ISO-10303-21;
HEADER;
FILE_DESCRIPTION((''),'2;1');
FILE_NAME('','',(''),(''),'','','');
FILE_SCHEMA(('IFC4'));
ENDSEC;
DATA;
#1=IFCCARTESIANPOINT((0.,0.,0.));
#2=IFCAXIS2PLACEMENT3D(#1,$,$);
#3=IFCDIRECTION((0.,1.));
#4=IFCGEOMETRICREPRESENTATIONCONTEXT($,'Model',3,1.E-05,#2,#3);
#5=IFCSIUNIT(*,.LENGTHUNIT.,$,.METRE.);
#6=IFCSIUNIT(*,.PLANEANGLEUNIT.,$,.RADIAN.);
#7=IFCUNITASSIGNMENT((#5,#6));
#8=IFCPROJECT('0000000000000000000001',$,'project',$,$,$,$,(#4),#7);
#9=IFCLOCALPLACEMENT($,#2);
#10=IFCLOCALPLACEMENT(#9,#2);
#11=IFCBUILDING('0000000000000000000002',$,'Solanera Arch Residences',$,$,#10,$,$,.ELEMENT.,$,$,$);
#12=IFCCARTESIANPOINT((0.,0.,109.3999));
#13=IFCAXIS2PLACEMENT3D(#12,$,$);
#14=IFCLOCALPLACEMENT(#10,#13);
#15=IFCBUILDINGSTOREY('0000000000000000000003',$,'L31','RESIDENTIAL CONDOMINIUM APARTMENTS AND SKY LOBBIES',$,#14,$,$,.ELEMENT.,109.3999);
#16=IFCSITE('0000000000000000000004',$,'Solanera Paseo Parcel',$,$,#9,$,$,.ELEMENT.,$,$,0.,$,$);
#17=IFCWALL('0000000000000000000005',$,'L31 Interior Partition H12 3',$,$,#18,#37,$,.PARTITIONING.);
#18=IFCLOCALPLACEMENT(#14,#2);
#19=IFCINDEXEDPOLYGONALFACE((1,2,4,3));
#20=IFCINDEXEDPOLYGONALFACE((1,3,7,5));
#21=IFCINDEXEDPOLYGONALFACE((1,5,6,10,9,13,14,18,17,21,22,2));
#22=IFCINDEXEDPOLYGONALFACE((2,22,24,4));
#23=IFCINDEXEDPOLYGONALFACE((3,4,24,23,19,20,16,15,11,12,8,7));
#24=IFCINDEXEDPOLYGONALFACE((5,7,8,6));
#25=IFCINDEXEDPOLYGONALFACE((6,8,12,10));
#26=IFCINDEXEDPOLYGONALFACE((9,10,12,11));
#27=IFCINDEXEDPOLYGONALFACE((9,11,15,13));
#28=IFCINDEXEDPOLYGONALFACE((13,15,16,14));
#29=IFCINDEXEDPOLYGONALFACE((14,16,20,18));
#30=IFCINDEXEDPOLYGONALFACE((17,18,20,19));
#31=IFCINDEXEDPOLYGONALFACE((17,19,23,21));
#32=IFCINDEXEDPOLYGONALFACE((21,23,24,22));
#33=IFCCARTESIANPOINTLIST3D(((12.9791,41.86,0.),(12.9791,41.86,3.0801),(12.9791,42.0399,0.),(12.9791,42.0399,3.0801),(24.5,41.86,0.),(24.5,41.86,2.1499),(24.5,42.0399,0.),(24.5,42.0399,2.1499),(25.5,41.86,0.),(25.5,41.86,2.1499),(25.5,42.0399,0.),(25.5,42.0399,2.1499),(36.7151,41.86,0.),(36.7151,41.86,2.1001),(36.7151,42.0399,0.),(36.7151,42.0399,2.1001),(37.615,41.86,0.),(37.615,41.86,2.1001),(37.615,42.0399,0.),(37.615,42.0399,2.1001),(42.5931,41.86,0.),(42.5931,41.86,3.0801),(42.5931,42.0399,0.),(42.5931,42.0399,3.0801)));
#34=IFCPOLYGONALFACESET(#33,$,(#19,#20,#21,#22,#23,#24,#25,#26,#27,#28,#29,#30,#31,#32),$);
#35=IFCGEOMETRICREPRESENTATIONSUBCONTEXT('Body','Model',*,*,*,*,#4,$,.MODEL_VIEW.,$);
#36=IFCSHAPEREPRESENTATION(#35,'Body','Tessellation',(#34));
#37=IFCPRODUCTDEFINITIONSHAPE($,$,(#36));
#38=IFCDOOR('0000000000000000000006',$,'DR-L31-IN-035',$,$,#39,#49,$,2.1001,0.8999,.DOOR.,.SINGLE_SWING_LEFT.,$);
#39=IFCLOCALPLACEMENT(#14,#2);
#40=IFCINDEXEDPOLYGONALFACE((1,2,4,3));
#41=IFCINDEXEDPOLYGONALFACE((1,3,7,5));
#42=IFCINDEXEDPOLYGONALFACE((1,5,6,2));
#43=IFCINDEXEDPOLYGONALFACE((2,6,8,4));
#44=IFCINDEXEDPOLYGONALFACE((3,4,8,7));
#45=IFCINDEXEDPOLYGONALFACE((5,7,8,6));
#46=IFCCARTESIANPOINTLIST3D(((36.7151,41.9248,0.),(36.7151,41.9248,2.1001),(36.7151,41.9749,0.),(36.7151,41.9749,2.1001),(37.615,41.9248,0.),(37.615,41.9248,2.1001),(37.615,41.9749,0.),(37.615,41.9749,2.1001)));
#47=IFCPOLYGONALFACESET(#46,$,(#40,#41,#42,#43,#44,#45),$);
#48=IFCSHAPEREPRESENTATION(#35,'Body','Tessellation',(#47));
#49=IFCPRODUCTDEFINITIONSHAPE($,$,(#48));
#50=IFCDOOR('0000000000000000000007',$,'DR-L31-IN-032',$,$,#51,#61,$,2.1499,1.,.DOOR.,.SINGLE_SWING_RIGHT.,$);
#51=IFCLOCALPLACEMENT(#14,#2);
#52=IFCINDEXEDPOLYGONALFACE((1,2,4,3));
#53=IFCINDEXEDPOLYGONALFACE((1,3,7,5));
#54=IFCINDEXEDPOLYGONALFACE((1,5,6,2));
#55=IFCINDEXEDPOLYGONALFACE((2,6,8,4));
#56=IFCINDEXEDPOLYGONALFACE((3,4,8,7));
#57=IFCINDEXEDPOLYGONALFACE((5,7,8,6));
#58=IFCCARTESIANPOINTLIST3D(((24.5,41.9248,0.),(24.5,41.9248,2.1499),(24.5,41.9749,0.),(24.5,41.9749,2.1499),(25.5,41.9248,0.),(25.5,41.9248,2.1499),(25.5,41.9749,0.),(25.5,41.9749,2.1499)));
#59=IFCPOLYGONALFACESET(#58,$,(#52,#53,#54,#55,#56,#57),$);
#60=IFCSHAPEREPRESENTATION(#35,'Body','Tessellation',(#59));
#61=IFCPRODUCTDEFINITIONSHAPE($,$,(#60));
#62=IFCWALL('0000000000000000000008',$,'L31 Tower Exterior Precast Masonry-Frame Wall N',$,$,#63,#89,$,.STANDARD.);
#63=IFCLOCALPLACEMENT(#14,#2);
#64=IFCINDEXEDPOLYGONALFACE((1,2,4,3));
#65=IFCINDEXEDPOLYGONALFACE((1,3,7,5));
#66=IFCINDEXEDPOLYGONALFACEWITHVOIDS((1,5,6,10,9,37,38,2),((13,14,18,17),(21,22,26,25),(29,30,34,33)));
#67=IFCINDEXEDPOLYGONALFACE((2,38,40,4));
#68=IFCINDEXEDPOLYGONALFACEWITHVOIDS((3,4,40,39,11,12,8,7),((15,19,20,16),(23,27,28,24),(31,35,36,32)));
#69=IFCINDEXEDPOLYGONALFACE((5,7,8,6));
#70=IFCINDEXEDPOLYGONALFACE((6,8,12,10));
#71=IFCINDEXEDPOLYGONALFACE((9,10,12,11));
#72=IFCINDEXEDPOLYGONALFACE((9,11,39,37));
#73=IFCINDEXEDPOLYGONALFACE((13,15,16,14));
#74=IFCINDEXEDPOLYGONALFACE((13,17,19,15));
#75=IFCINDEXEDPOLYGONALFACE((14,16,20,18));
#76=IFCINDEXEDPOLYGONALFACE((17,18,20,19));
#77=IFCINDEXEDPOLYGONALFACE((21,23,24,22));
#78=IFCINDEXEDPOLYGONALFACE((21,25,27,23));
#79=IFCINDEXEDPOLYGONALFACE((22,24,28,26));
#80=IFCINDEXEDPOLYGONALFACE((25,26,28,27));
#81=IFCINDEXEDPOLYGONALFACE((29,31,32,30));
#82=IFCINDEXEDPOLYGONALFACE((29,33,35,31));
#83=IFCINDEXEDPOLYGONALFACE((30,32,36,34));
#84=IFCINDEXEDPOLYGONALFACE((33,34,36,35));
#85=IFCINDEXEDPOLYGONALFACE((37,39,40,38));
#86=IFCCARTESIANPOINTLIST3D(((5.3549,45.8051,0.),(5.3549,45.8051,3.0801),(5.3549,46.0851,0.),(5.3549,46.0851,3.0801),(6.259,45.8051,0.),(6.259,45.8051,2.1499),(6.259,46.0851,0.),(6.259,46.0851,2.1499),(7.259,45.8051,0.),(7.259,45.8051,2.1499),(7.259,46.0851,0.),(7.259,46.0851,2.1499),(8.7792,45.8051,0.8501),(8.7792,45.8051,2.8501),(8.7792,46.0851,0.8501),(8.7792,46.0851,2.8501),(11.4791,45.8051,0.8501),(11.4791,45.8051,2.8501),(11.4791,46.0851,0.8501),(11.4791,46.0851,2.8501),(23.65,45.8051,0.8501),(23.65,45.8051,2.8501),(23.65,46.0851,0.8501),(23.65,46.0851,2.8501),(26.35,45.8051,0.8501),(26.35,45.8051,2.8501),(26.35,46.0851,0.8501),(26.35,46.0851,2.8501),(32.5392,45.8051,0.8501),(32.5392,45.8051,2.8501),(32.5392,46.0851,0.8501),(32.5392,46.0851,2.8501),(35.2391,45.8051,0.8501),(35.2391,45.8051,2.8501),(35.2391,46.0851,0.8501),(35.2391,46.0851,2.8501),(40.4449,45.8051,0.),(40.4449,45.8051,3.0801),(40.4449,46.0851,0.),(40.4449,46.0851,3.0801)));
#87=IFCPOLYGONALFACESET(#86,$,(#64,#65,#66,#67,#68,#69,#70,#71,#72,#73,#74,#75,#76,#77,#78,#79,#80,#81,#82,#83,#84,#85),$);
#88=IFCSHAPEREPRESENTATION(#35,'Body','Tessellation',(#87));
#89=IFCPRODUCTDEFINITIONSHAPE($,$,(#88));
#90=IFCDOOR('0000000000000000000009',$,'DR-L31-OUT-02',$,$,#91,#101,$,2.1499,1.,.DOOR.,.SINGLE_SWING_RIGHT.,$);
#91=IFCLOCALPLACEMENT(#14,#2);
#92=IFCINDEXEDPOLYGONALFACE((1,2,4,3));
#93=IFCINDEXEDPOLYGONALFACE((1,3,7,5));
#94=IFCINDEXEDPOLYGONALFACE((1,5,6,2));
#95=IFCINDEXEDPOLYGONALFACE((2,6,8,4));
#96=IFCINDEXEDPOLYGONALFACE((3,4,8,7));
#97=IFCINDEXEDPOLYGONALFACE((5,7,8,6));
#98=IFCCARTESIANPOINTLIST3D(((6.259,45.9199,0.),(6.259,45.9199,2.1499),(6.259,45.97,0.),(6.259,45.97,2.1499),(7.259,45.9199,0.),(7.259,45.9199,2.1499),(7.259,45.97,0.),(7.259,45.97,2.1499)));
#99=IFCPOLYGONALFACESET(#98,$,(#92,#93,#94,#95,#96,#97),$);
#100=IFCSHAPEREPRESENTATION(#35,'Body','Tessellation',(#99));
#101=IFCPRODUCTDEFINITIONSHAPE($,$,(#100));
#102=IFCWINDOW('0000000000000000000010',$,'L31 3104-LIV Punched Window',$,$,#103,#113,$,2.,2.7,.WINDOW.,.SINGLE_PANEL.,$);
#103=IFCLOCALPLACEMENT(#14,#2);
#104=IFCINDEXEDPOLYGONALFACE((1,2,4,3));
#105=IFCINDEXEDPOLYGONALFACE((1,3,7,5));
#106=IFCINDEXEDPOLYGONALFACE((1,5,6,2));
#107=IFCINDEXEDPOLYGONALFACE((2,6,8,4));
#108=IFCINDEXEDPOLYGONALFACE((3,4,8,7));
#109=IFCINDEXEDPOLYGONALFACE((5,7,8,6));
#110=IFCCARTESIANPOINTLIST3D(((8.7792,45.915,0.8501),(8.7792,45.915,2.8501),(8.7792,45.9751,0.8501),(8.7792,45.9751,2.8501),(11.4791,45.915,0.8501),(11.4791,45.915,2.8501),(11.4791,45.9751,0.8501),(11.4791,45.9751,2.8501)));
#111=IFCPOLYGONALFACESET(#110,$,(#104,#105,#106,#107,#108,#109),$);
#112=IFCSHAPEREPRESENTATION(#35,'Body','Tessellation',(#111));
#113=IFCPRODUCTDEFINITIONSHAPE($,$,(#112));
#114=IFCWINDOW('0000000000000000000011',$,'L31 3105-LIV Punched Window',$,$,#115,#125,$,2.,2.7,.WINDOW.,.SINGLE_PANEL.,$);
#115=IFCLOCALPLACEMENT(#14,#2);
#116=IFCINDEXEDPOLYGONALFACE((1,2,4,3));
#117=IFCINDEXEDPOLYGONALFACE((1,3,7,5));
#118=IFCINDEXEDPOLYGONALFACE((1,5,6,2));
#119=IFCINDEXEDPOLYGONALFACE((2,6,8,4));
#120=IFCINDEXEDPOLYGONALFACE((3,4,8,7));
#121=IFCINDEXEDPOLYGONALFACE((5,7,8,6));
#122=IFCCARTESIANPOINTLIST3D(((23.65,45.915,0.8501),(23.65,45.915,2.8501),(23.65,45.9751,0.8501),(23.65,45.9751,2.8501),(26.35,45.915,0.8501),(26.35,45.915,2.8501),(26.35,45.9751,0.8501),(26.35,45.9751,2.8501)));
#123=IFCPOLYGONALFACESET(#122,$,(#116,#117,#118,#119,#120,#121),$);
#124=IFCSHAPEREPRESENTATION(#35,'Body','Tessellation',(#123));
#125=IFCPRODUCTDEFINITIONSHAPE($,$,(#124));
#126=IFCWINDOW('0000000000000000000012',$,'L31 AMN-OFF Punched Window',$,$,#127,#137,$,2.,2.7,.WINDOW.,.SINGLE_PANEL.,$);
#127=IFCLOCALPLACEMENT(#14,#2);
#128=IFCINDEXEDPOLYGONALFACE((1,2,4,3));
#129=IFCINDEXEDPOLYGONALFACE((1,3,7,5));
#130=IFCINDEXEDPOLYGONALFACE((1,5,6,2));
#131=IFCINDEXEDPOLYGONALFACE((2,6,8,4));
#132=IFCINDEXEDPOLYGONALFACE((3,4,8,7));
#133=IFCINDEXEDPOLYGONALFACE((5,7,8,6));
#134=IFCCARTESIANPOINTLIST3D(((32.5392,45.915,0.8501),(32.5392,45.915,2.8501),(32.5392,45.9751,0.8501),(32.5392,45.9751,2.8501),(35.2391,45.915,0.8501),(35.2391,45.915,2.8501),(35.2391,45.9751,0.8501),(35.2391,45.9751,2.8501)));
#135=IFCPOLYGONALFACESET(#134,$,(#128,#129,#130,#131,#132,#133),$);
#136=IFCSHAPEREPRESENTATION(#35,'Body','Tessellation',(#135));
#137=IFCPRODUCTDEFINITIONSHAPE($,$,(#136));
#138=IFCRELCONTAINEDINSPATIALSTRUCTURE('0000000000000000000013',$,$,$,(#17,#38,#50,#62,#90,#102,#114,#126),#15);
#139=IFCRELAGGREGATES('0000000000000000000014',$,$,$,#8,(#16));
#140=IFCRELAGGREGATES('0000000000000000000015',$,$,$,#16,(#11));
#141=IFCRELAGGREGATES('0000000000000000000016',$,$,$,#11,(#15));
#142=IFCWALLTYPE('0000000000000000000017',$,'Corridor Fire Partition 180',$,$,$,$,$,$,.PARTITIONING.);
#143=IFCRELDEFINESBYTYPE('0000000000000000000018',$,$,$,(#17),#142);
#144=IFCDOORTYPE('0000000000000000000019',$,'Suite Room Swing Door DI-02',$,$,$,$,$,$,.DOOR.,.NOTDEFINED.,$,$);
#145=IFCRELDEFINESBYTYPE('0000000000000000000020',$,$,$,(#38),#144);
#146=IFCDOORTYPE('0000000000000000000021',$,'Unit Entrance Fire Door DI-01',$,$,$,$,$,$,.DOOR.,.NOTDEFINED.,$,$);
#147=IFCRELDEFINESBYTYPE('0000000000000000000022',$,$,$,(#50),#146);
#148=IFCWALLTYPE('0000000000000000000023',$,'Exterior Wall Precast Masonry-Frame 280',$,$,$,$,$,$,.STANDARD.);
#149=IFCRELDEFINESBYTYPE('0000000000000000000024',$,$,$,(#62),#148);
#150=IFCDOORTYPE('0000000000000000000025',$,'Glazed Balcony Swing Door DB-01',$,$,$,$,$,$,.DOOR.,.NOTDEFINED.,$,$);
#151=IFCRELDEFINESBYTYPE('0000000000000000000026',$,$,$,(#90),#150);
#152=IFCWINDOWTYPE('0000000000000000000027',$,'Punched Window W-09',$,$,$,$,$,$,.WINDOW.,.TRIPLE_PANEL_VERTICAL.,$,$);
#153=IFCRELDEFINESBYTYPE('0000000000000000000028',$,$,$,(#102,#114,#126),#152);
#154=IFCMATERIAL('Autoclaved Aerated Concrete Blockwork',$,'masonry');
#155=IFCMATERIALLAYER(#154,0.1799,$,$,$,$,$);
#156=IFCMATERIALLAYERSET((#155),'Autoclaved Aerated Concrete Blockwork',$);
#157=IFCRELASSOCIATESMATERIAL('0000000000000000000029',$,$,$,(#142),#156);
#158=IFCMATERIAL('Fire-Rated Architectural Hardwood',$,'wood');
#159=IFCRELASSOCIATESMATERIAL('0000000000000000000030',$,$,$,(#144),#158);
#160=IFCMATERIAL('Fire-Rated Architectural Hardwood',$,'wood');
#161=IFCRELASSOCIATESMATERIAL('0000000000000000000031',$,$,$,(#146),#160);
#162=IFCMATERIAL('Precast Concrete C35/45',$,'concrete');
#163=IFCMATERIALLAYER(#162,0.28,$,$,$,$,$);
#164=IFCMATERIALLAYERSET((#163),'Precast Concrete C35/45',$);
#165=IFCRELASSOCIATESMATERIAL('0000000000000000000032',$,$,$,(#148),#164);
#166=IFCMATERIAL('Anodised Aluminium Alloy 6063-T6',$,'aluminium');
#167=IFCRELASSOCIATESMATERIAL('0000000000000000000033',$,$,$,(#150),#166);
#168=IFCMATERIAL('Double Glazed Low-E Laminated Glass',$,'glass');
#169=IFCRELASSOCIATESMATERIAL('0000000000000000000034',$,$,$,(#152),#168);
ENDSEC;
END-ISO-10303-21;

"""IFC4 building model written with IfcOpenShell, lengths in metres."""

from ifc_helpers import new_model, si_unit, direction, frame, frame_2d, origin, place, context, subcontext, project, spatial, rectangle, extrude, material, layer, layer_set, type_object, element, fill, save


model = new_model("IFC4")

# Units and contexts
model_context = context("Model", 3, precision=1e-05, world=origin(), true_north=direction((0.0, 1.0)))
body_context = subcontext(model_context, "Body", "Model", "MODEL_VIEW")
ifc_project = project(units=[si_unit("LENGTHUNIT", "METRE"), si_unit("PLANEANGLEUNIT", "RADIAN")], contexts=[model_context])

# Site, building, storey
site_placement = place(None, origin())
site = spatial("IfcSite", under=ifc_project, at=site_placement, Name="Solanera Paseo Parcel", CompositionType="ELEMENT", RefElevation=0.0)
building_placement = place(site_placement, origin())
building = spatial("IfcBuilding", under=site, at=building_placement, Name="Solanera Arch Residences", CompositionType="ELEMENT")
storey_placement = place(building_placement, frame((0.0, 0.0, 109.3999)))
storey = spatial("IfcBuildingStorey", under=building, at=storey_placement, Name="L31", Description="RESIDENTIAL CONDOMINIUM APARTMENTS AND SKY LOBBIES", CompositionType="ELEMENT", Elevation=109.3999)

# Wall, openings, doors
ifc_material_1 = material(Name="Autoclaved Aerated Concrete Blockwork", Category="masonry")
ifc_layer_1 = layer(ifc_material_1, 0.1799)
ifc_layer_set_1 = layer_set([ifc_layer_1], Name="Autoclaved Aerated Concrete Blockwork")
wall_type_1 = type_object("IfcWallType", Name="Corridor Fire Partition 180", PredefinedType="PARTITIONING", material=ifc_layer_set_1)
wall_1_placement = place(storey_placement, frame((12.979, 41.95, 0.0), z_axis=(0.0, 0.0, 1.0), x_axis=(1.0, 0.0, 0.0)))
wall_1 = element("IfcWall", 1, at=wall_1_placement, inside=storey, type_object=wall_type_1, Name="L31 Interior Partition H12 3", PredefinedType="PARTITIONING", context=body_context, shape_type="SweptSolid", body=[
    extrude(rectangle(XDim=29.614, YDim=0.1799, at=frame_2d((14.8071, 0.0))), origin(), (0.0, 0.0, 1.0), 3.0801),
])
opening_1_placement = place(wall_1_placement, frame((11.521, 0.0, 0.0)))
opening_1 = element("IfcOpeningElement", 2, at=opening_1_placement, cuts=wall_1, PredefinedType="OPENING", context=body_context, shape_type="SweptSolid", body=[
    extrude(rectangle(XDim=1.0, YDim=2.1499, at=frame_2d((0.5, 1.075))), frame((0.0, 0.1001, 0.0), z_axis=(0.0, -1.0, 0.0), x_axis=(1.0, 0.0, 0.0)), (0.0, 0.0, 1.0), 0.1999),
])
opening_2_placement = place(wall_1_placement, frame((23.7361, 0.0, 0.0)))
opening_2 = element("IfcOpeningElement", 3, at=opening_2_placement, cuts=wall_1, PredefinedType="OPENING", context=body_context, shape_type="SweptSolid", body=[
    extrude(rectangle(XDim=0.8999, YDim=2.1001, at=frame_2d((0.45, 1.05))), frame((0.0, 0.1001, 0.0), z_axis=(0.0, -1.0, 0.0), x_axis=(1.0, 0.0, 0.0)), (0.0, 0.0, 1.0), 0.1999),
])
ifc_material_2 = material(Name="Fire-Rated Architectural Hardwood", Category="wood")
door_type_1 = type_object("IfcDoorType", Name="Suite Room Swing Door DI-02", OperationType="NOTDEFINED", PredefinedType="DOOR", material=ifc_material_2)
door_1_placement = place(opening_2_placement, origin())
door_1 = element("IfcDoor", 4, at=door_1_placement, inside=storey, type_object=door_type_1, Name="DR-L31-IN-035", OperationType="SINGLE_SWING_LEFT", OverallHeight=2.1001, OverallWidth=0.8999, PredefinedType="DOOR", context=body_context, shape_type="SweptSolid", body=[
    extrude(rectangle(XDim=0.8999, YDim=2.1001, at=frame_2d((0.45, 1.05))), frame((0.0, 0.0249, 0.0), z_axis=(0.0, -1.0, 0.0), x_axis=(1.0, 0.0, 0.0)), (0.0, 0.0, 1.0), 0.05),
])
fill(opening_2, door_1)
ifc_material_3 = material(Name="Fire-Rated Architectural Hardwood", Category="wood")
door_type_2 = type_object("IfcDoorType", Name="Unit Entrance Fire Door DI-01", OperationType="NOTDEFINED", PredefinedType="DOOR", material=ifc_material_3)
door_2_placement = place(opening_1_placement, origin())
door_2 = element("IfcDoor", 5, at=door_2_placement, inside=storey, type_object=door_type_2, Name="DR-L31-IN-032", OperationType="SINGLE_SWING_RIGHT", OverallHeight=2.1499, OverallWidth=1.0, PredefinedType="DOOR", context=body_context, shape_type="SweptSolid", body=[
    extrude(rectangle(XDim=1.0, YDim=2.1499, at=frame_2d((0.5, 1.075))), frame((0.0, 0.0249, 0.0), z_axis=(0.0, -1.0, 0.0), x_axis=(1.0, 0.0, 0.0)), (0.0, 0.0, 1.0), 0.05),
])
fill(opening_1, door_2)

# Wall, openings, door, windows
ifc_material_4 = material(Name="Precast Concrete C35/45", Category="concrete")
ifc_layer_2 = layer(ifc_material_4, 0.28)
ifc_layer_set_2 = layer_set([ifc_layer_2], Name="Precast Concrete C35/45")
wall_type_2 = type_object("IfcWallType", Name="Exterior Wall Precast Masonry-Frame 280", PredefinedType="STANDARD", material=ifc_layer_set_2)
wall_2_placement = place(storey_placement, frame((5.355, 45.9451, 0.0), z_axis=(0.0, 0.0, 1.0), x_axis=(1.0, 0.0, 0.0)))
wall_2 = element("IfcWall", 6, at=wall_2_placement, inside=storey, type_object=wall_type_2, Name="L31 Tower Exterior Precast Masonry-Frame Wall N", PredefinedType="STANDARD", context=body_context, shape_type="SweptSolid", body=[
    extrude(rectangle(XDim=35.0901, YDim=0.28, at=frame_2d((17.5449, 0.0))), origin(), (0.0, 0.0, 1.0), 3.0801),
])
opening_3_placement = place(wall_2_placement, frame((0.9041, 0.0, 0.0)))
opening_3 = element("IfcOpeningElement", 7, at=opening_3_placement, cuts=wall_2, PredefinedType="OPENING", context=body_context, shape_type="SweptSolid", body=[
    extrude(rectangle(XDim=1.0, YDim=2.1499, at=frame_2d((0.5, 1.075))), frame((0.0, 0.1499, 0.0), z_axis=(0.0, -1.0, 0.0), x_axis=(1.0, 0.0, 0.0)), (0.0, 0.0, 1.0), 0.3),
])
opening_4_placement = place(wall_2_placement, frame((3.4241, 0.0, 0.8501)))
opening_4 = element("IfcOpeningElement", 8, at=opening_4_placement, cuts=wall_2, PredefinedType="OPENING", context=body_context, shape_type="SweptSolid", body=[
    extrude(rectangle(XDim=2.7, YDim=2.0, at=frame_2d((1.3501, 1.0))), frame((0.0, 0.1499, 0.0), z_axis=(0.0, -1.0, 0.0), x_axis=(1.0, 0.0, 0.0)), (0.0, 0.0, 1.0), 0.3),
])
opening_5_placement = place(wall_2_placement, frame((18.2949, 0.0, 0.8501)))
opening_5 = element("IfcOpeningElement", 9, at=opening_5_placement, cuts=wall_2, PredefinedType="OPENING", context=body_context, shape_type="SweptSolid", body=[
    extrude(rectangle(XDim=2.7, YDim=2.0, at=frame_2d((1.3501, 1.0))), frame((0.0, 0.1499, 0.0), z_axis=(0.0, -1.0, 0.0), x_axis=(1.0, 0.0, 0.0)), (0.0, 0.0, 1.0), 0.3),
])
opening_6_placement = place(wall_2_placement, frame((27.1841, 0.0, 0.8501)))
opening_6 = element("IfcOpeningElement", 10, at=opening_6_placement, cuts=wall_2, PredefinedType="OPENING", context=body_context, shape_type="SweptSolid", body=[
    extrude(rectangle(XDim=2.7, YDim=2.0, at=frame_2d((1.3501, 1.0))), frame((0.0, 0.1499, 0.0), z_axis=(0.0, -1.0, 0.0), x_axis=(1.0, 0.0, 0.0)), (0.0, 0.0, 1.0), 0.3),
])
ifc_material_5 = material(Name="Anodised Aluminium Alloy 6063-T6", Category="aluminium")
door_type_3 = type_object("IfcDoorType", Name="Glazed Balcony Swing Door DB-01", OperationType="NOTDEFINED", PredefinedType="DOOR", material=ifc_material_5)
door_3_placement = place(opening_3_placement, origin())
door_3 = element("IfcDoor", 11, at=door_3_placement, inside=storey, type_object=door_type_3, Name="DR-L31-OUT-02", OperationType="SINGLE_SWING_RIGHT", OverallHeight=2.1499, OverallWidth=1.0, PredefinedType="DOOR", context=body_context, shape_type="SweptSolid", body=[
    extrude(rectangle(XDim=1.0, YDim=2.1499, at=frame_2d((0.5, 1.075))), frame((0.0, 0.0249, 0.0), z_axis=(0.0, -1.0, 0.0), x_axis=(1.0, 0.0, 0.0)), (0.0, 0.0, 1.0), 0.05),
])
fill(opening_3, door_3)
ifc_material_6 = material(Name="Double Glazed Low-E Laminated Glass", Category="glass")
window_type = type_object("IfcWindowType", Name="Punched Window W-09", PartitioningType="TRIPLE_PANEL_VERTICAL", PredefinedType="WINDOW", material=ifc_material_6)
window_1_placement = place(opening_4_placement, origin())
window_1 = element("IfcWindow", 12, at=window_1_placement, inside=storey, type_object=window_type, Name="L31 3104-LIV Punched Window", OverallHeight=2.0, OverallWidth=2.7, PartitioningType="SINGLE_PANEL", PredefinedType="WINDOW", context=body_context, shape_type="SweptSolid", body=[
    extrude(rectangle(XDim=2.7, YDim=2.0, at=frame_2d((1.3501, 1.0))), frame((0.0, 0.03, 0.0), z_axis=(0.0, -1.0, 0.0), x_axis=(1.0, 0.0, 0.0)), (0.0, 0.0, 1.0), 0.0601),
])
fill(opening_4, window_1)
window_2_placement = place(opening_5_placement, origin())
window_2 = element("IfcWindow", 13, at=window_2_placement, inside=storey, type_object=window_type, Name="L31 3105-LIV Punched Window", OverallHeight=2.0, OverallWidth=2.7, PartitioningType="SINGLE_PANEL", PredefinedType="WINDOW", context=body_context, shape_type="SweptSolid", body=[
    extrude(rectangle(XDim=2.7, YDim=2.0, at=frame_2d((1.3501, 1.0))), frame((0.0, 0.03, 0.0), z_axis=(0.0, -1.0, 0.0), x_axis=(1.0, 0.0, 0.0)), (0.0, 0.0, 1.0), 0.0601),
])
fill(opening_5, window_2)
window_3_placement = place(opening_6_placement, origin())
window_3 = element("IfcWindow", 14, at=window_3_placement, inside=storey, type_object=window_type, Name="L31 AMN-OFF Punched Window", OverallHeight=2.0, OverallWidth=2.7, PartitioningType="SINGLE_PANEL", PredefinedType="WINDOW", context=body_context, shape_type="SweptSolid", body=[
    extrude(rectangle(XDim=2.7, YDim=2.0, at=frame_2d((1.3501, 1.0))), frame((0.0, 0.03, 0.0), z_axis=(0.0, -1.0, 0.0), x_axis=(1.0, 0.0, 0.0)), (0.0, 0.0, 1.0), 0.0601),
])
fill(opening_6, window_3)

save(model, "model.ifc")
